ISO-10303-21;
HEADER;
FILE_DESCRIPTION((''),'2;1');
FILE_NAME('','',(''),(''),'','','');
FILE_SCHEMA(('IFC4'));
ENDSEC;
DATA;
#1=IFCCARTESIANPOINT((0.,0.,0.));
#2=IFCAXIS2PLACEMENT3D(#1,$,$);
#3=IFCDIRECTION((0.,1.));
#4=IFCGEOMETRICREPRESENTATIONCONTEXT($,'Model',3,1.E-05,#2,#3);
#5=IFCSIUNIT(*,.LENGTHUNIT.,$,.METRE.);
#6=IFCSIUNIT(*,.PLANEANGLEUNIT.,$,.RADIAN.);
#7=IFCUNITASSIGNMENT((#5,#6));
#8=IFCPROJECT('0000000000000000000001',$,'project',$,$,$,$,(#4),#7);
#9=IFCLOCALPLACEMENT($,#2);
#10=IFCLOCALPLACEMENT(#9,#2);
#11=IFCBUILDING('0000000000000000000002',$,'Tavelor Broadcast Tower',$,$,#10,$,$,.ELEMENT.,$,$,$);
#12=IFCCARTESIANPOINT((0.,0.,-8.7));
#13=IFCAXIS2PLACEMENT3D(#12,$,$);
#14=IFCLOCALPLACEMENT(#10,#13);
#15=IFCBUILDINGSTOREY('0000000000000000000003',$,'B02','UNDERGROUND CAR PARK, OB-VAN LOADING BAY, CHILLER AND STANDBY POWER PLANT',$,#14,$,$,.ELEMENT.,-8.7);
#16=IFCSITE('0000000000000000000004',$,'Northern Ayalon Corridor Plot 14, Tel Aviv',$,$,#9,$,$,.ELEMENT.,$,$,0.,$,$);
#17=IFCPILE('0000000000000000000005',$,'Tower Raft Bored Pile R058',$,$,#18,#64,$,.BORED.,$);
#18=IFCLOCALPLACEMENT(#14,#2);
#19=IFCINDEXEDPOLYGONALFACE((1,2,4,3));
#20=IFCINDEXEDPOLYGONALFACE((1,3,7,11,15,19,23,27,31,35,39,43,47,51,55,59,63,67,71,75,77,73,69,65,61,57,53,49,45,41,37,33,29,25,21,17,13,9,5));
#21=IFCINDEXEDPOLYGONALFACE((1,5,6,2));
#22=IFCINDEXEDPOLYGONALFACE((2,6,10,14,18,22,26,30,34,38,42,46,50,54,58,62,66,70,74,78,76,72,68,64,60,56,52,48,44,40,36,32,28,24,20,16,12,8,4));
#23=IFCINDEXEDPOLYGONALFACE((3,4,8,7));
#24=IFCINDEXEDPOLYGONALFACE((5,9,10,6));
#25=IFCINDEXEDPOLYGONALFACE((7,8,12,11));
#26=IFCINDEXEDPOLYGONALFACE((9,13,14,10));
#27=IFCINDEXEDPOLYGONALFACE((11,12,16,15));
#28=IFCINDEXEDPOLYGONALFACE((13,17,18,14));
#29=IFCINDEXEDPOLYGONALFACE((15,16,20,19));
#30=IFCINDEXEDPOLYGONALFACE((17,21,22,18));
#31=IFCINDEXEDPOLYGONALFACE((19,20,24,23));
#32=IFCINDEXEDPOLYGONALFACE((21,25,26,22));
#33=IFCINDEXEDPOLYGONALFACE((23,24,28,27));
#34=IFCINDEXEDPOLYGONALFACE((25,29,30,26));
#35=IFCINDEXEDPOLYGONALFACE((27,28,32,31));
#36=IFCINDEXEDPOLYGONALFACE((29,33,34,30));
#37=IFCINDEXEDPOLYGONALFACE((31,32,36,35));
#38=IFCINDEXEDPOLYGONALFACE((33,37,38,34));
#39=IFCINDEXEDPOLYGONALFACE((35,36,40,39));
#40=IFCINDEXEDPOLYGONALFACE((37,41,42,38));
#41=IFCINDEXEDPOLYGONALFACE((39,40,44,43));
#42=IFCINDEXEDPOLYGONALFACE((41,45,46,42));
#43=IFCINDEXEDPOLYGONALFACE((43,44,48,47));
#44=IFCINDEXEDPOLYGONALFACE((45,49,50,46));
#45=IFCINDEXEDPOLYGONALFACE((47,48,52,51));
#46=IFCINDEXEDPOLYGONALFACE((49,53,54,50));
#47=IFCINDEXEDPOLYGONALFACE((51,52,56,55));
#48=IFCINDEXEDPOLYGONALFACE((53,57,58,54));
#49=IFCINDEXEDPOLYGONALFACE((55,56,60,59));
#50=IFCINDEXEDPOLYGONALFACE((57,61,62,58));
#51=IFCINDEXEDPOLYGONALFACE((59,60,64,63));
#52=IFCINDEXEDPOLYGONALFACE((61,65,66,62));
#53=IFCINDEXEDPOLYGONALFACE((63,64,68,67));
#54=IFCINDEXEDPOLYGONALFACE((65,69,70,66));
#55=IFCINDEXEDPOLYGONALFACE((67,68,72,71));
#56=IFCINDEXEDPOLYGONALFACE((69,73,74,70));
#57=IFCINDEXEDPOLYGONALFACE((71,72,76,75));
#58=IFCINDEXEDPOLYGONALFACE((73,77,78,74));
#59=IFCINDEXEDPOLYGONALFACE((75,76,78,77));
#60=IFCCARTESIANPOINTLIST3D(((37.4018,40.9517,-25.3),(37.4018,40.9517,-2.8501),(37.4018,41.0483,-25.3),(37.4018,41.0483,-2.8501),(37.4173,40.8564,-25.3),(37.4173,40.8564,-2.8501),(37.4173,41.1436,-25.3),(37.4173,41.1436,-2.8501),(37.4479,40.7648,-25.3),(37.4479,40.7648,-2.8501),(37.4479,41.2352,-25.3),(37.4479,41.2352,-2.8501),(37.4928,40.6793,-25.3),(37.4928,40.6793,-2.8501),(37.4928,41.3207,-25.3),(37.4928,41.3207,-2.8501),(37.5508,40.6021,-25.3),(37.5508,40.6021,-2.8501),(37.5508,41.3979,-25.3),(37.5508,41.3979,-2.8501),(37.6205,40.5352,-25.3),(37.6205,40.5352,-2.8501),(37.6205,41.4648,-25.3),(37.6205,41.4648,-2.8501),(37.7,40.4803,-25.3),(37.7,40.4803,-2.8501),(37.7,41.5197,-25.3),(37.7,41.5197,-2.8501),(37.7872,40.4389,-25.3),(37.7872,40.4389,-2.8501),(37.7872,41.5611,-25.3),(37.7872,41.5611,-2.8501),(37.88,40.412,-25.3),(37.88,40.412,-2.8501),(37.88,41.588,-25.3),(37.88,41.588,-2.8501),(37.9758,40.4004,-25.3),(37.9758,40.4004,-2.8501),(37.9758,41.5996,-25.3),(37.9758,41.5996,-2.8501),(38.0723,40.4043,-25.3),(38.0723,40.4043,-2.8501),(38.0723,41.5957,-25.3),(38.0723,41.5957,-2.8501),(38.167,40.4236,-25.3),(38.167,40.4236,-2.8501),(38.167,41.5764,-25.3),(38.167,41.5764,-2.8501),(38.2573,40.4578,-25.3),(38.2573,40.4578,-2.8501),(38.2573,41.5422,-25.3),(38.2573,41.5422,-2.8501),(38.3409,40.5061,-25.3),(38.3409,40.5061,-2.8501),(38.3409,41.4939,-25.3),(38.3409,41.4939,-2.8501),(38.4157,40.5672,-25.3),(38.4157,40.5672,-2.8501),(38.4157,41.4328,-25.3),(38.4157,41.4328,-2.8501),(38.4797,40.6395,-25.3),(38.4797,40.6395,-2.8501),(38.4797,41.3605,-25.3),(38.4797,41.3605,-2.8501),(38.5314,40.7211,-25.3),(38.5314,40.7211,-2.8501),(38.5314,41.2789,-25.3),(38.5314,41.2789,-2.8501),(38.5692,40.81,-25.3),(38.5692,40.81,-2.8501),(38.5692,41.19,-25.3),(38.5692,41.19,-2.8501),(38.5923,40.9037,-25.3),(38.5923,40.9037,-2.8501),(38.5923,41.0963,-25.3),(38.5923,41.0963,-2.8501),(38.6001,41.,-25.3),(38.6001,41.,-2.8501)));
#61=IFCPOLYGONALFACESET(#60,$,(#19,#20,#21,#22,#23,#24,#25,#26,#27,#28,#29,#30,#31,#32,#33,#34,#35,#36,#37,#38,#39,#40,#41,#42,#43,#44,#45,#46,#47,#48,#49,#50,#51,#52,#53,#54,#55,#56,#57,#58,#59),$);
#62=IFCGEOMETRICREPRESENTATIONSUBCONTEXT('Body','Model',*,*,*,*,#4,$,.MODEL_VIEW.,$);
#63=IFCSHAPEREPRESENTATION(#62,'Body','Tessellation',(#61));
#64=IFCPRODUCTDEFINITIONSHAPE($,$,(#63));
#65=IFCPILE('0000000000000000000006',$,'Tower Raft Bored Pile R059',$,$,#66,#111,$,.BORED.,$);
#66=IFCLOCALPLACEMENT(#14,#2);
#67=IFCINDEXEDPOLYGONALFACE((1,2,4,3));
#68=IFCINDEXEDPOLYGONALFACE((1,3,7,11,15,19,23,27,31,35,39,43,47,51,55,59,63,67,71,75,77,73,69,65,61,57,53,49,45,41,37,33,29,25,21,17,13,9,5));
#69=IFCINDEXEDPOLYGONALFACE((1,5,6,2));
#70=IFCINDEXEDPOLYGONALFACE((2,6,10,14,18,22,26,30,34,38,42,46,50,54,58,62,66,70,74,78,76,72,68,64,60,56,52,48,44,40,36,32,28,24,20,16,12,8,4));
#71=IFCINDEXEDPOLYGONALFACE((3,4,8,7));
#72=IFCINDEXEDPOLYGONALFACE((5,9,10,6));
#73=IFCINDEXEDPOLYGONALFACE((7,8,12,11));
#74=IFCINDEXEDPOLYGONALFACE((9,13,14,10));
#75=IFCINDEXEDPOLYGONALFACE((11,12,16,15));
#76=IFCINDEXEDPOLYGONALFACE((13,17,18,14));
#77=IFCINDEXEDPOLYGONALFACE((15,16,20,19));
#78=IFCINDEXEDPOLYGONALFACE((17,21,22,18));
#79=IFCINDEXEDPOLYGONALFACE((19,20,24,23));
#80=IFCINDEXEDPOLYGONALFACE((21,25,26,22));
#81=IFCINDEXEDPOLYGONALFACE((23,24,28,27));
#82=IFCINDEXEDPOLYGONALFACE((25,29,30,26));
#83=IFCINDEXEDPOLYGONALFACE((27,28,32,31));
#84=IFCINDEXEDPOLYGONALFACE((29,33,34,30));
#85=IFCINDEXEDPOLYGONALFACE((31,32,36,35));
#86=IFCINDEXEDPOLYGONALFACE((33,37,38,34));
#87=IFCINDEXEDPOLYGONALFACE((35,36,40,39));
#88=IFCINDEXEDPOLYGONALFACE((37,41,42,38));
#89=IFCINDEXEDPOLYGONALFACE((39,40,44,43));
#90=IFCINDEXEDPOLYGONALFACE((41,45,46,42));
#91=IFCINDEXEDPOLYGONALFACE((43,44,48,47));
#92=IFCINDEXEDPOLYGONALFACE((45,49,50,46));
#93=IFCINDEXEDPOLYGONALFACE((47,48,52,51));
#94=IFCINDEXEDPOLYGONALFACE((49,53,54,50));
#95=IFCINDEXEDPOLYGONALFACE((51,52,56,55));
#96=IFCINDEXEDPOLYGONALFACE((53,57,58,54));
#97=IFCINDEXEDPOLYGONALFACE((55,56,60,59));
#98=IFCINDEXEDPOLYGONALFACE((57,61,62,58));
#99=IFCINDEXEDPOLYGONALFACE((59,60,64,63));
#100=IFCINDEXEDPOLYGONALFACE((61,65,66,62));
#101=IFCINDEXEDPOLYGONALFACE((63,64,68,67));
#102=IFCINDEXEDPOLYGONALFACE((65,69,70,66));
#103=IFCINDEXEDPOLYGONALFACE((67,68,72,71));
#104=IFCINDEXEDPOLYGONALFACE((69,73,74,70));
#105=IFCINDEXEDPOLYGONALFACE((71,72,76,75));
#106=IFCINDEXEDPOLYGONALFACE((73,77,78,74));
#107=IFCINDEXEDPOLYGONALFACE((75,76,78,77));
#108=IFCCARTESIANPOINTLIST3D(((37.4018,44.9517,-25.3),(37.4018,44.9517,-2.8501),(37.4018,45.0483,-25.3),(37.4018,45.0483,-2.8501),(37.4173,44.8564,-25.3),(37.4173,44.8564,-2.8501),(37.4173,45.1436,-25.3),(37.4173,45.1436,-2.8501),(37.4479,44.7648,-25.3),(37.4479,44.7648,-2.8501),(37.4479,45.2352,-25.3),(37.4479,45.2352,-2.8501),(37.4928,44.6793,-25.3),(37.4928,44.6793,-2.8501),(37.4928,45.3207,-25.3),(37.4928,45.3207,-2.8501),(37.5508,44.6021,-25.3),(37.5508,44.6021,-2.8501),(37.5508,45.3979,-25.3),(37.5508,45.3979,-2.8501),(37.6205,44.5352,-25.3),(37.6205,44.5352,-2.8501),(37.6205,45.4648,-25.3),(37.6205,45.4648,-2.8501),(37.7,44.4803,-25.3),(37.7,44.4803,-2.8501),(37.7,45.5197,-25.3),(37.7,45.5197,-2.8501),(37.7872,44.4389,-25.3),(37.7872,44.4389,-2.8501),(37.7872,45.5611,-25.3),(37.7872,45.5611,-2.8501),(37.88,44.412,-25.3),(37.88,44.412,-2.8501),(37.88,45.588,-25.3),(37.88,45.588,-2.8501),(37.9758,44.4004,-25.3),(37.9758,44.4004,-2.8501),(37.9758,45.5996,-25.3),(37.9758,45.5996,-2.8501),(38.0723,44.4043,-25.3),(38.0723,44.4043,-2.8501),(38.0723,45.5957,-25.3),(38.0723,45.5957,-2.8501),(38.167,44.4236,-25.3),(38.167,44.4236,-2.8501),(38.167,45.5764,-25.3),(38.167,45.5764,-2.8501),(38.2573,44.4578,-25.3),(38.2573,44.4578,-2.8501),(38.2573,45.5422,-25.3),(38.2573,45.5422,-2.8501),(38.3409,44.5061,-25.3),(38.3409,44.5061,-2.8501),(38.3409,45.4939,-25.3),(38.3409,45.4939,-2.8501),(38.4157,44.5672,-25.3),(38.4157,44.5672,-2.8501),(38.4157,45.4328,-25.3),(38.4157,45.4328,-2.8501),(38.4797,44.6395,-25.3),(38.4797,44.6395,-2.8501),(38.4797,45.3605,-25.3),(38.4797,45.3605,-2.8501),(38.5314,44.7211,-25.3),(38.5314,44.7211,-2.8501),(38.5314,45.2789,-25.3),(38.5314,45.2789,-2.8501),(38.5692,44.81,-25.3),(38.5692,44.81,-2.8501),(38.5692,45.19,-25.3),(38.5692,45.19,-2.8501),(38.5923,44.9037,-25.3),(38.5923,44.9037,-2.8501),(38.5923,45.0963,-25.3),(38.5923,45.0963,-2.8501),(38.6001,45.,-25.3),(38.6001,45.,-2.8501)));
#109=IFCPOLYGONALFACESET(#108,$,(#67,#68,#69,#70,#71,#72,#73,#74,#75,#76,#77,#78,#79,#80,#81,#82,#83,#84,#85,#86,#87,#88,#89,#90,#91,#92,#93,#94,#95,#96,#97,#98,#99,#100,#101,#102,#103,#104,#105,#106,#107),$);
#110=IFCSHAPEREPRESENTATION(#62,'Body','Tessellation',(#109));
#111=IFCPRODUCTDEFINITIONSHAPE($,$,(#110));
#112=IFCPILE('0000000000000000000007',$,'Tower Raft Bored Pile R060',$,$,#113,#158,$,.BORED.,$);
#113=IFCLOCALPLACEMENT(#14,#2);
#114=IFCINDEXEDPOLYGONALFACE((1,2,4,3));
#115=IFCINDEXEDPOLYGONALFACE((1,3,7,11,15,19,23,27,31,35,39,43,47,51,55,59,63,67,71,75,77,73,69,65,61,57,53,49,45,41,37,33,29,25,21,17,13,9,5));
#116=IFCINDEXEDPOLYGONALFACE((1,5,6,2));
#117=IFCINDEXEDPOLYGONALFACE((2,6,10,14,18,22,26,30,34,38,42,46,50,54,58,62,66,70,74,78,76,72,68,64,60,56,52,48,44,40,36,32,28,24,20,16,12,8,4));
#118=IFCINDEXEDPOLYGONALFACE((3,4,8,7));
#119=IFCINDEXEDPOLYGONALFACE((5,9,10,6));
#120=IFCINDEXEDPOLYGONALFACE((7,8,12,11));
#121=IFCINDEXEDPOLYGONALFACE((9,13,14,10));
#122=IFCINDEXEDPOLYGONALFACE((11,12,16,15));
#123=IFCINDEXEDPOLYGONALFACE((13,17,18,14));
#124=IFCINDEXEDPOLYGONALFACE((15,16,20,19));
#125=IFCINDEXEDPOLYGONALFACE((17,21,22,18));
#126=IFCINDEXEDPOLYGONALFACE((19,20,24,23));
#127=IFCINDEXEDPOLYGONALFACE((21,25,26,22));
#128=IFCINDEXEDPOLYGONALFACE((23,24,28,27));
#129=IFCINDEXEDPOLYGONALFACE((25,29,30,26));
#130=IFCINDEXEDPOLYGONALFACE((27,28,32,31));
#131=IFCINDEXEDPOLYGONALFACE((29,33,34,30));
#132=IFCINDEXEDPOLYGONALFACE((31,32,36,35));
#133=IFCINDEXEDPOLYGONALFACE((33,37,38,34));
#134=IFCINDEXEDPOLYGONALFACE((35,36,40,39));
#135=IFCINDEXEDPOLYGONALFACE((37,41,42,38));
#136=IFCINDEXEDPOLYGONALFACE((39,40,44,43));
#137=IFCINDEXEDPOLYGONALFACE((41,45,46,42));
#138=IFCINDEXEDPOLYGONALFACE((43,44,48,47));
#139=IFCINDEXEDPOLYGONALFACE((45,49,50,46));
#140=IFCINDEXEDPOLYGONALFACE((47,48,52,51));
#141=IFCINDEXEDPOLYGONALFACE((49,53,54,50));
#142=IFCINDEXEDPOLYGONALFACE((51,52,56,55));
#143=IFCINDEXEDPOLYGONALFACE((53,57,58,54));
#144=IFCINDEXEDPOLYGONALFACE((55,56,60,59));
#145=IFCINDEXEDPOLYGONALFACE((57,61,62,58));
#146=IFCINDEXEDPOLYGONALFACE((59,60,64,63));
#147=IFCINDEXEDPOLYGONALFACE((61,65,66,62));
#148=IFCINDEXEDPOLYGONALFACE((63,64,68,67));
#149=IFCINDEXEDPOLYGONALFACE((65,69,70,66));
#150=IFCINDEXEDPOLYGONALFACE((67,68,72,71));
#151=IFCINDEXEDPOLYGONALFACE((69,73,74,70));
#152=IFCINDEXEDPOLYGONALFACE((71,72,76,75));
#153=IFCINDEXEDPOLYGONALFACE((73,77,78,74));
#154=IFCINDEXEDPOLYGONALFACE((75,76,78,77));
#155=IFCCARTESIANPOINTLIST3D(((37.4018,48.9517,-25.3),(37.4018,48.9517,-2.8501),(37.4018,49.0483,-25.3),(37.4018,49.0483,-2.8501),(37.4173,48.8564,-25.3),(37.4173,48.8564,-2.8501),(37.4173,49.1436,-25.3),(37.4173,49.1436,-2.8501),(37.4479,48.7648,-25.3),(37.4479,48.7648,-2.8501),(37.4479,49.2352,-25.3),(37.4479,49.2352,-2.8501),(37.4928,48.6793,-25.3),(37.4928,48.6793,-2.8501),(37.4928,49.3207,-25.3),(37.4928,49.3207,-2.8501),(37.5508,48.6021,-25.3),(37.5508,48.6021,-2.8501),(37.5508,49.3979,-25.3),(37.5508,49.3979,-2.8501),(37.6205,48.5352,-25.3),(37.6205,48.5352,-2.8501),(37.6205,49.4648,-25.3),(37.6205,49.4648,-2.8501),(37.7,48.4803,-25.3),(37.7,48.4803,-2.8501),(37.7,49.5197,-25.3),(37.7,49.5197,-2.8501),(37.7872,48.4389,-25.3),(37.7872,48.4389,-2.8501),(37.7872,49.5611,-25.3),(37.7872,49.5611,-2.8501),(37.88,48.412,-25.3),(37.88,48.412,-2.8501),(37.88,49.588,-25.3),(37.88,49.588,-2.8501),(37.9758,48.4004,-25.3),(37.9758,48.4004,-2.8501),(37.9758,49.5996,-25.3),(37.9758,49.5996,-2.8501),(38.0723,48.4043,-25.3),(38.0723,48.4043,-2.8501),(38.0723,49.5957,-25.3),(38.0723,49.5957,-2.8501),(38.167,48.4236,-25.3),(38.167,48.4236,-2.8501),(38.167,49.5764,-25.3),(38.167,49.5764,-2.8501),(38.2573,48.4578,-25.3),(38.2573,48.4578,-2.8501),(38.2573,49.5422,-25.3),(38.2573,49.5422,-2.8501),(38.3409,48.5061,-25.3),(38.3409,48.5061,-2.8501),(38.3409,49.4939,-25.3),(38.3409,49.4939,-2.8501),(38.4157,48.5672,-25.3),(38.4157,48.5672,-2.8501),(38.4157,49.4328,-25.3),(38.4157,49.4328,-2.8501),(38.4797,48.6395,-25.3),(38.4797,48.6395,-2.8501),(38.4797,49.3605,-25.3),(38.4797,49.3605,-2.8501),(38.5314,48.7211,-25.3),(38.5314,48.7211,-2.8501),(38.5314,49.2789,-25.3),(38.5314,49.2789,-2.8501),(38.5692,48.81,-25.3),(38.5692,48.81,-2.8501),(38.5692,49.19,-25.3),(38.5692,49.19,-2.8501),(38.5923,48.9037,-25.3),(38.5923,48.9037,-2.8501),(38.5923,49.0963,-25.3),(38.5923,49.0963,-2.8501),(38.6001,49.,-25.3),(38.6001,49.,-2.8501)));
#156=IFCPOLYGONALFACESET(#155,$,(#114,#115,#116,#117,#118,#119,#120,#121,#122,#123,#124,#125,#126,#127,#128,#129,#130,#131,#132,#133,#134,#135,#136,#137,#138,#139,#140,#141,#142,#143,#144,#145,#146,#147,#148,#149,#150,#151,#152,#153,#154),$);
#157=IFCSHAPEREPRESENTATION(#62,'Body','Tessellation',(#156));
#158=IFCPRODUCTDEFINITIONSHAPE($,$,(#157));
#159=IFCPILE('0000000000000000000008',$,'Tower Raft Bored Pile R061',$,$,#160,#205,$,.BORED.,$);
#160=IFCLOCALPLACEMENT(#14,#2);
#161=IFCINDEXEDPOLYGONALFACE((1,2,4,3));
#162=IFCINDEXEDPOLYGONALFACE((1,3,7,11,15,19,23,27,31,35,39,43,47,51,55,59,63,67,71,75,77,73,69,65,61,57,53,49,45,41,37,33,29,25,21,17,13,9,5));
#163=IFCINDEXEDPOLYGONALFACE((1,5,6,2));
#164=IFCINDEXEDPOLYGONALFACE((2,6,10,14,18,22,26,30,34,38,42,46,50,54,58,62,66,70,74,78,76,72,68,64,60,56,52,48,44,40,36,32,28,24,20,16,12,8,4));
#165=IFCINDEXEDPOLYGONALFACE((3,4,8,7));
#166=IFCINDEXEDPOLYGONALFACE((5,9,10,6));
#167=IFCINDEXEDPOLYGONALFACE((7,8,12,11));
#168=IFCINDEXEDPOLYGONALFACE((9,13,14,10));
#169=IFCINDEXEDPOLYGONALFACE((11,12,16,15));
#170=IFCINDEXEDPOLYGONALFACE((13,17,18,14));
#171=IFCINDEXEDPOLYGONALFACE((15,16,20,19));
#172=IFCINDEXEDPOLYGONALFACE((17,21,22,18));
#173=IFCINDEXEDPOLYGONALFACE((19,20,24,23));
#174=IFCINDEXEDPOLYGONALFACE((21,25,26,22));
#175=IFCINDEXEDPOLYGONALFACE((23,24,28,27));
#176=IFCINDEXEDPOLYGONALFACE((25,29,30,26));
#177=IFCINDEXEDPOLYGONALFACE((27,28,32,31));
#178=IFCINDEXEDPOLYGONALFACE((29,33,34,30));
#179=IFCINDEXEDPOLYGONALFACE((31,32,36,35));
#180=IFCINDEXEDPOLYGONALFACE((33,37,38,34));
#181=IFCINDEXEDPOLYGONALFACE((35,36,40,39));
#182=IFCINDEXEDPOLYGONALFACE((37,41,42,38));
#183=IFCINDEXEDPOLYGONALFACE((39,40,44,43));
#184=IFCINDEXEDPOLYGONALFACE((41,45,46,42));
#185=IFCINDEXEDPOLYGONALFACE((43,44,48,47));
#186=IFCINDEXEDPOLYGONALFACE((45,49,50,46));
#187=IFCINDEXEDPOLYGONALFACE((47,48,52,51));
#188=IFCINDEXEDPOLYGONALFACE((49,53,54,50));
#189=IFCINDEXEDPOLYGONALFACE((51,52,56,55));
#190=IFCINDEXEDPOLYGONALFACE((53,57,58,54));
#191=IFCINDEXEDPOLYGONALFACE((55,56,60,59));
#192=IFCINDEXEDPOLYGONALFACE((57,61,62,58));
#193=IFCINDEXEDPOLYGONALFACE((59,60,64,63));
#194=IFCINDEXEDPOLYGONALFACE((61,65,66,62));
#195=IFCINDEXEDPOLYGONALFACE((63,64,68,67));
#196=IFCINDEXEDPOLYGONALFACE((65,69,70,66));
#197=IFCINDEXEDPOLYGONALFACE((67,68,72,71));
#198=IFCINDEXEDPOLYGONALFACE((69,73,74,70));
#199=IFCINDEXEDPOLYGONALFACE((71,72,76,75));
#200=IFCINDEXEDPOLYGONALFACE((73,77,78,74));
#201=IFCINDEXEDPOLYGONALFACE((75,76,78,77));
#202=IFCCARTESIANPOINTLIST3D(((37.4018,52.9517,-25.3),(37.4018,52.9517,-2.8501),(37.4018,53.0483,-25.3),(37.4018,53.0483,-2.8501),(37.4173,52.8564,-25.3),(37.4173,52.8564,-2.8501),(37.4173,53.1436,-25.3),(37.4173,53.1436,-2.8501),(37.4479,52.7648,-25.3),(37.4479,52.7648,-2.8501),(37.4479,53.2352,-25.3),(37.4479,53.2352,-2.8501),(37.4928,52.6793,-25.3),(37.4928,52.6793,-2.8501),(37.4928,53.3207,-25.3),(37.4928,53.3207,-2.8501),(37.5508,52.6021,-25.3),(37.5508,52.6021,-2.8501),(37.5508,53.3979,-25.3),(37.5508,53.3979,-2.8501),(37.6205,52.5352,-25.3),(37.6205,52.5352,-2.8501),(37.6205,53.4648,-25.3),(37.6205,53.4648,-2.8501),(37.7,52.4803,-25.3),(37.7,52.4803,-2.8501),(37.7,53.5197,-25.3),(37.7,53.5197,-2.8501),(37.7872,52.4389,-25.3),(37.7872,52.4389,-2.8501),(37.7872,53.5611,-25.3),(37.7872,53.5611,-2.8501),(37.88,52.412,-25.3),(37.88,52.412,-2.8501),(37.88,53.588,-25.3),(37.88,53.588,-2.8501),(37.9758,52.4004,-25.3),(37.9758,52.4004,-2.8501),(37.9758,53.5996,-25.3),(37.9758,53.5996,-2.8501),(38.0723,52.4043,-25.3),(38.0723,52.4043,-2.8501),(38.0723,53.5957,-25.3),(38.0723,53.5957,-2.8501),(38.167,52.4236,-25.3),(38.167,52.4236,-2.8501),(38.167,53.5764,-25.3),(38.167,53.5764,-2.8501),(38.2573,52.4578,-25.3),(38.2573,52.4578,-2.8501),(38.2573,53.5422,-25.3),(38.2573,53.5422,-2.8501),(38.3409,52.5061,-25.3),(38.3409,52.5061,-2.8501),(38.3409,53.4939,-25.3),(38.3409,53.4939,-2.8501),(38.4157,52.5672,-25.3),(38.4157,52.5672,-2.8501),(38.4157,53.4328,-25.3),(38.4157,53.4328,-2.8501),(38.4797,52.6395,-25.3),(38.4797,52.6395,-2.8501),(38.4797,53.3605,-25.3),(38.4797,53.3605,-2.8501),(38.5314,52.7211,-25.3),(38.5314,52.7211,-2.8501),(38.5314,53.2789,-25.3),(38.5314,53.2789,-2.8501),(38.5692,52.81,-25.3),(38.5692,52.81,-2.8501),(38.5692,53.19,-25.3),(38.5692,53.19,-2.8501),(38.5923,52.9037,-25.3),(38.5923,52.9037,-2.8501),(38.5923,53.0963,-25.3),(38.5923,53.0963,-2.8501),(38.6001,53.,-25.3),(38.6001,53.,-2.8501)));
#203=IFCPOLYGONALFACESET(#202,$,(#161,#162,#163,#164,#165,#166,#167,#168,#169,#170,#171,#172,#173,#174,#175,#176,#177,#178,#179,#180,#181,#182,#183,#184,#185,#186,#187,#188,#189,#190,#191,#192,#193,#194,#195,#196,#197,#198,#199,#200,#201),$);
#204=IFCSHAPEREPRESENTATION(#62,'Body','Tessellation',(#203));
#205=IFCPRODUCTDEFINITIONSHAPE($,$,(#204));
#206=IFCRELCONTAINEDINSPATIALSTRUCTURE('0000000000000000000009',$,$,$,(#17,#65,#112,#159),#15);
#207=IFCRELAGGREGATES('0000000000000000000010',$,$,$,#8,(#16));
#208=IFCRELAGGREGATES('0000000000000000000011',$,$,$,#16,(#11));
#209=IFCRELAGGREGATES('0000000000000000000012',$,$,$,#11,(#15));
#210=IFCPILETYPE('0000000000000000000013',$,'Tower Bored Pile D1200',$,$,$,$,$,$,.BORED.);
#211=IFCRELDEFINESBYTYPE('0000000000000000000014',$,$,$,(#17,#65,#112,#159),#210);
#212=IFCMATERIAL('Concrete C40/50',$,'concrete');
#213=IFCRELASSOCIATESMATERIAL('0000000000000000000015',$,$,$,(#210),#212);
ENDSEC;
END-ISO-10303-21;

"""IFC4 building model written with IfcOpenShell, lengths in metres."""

from ifc_helpers import new_model, si_unit, direction, frame, origin, origin_2d, place, context, subcontext, project, spatial, circle, extrude, material, material_profile, profile_set, type_object, element, save


model = new_model("IFC4")

# Units and contexts
model_context = context("Model", 3, precision=1e-05, world=origin(), true_north=direction((0.0, 1.0)))
body_context = subcontext(model_context, "Body", "Model", "MODEL_VIEW")
ifc_project = project(units=[si_unit("LENGTHUNIT", "METRE"), si_unit("PLANEANGLEUNIT", "RADIAN")], contexts=[model_context])

# Site, building, storey
site_placement = place(None, origin())
site = spatial("IfcSite", under=ifc_project, at=site_placement, Name="Northern Ayalon Corridor Plot 14, Tel Aviv", CompositionType="ELEMENT", RefElevation=0.0)
building_placement = place(site_placement, origin())
building = spatial("IfcBuilding", under=site, at=building_placement, Name="Tavelor Broadcast Tower", CompositionType="ELEMENT")
storey_placement = place(building_placement, frame((0.0, 0.0, -8.7)))
storey = spatial("IfcBuildingStorey", under=building, at=storey_placement, Name="B02", Description="UNDERGROUND CAR PARK, OB-VAN LOADING BAY, CHILLER AND STANDBY POWER PLANT", CompositionType="ELEMENT", Elevation=-8.7)

# Piles
ifc_material_1 = material(Name="Concrete C40/50", Category="concrete")
ifc_material_profile_1 = material_profile(ifc_material_1, circle(Radius=0.6001, at=origin_2d()), Name="PILE D1200")
ifc_profile_set_1 = profile_set([ifc_material_profile_1], Name="Concrete C40/50")
pile_type = type_object("IfcPileType", Name="Tower Bored Pile D1200", PredefinedType="BORED", material=ifc_profile_set_1)
for number, where, z_axis, x_axis, name in (
    (1, (38.0, 41.0, -2.8501), (0.0, 0.0, -1.0), (1.0, 0.0, 0.0), "Tower Raft Bored Pile R058"),
    (2, (38.0, 45.0, -2.8501), (0.0, 0.0, -1.0), (1.0, 0.0, 0.0), "Tower Raft Bored Pile R059"),
    (3, (38.0, 49.0, -2.8501), (0.0, 0.0, -1.0), (1.0, 0.0, 0.0), "Tower Raft Bored Pile R060"),
    (4, (38.0, 53.0, -2.8501), (0.0, 0.0, -1.0), (1.0, 0.0, 0.0), "Tower Raft Bored Pile R061"),
):
    element("IfcPile", number, at=place(storey_placement, frame(where, z_axis=z_axis, x_axis=x_axis)), inside=storey, type_object=pile_type, Name=name, PredefinedType="BORED", context=body_context, shape_type="SweptSolid", body=[
        extrude(circle(Radius=0.6001, at=origin_2d()), origin(), (0.0, 0.0, 1.0), 22.45),
    ])

save(model, "model.ifc")
